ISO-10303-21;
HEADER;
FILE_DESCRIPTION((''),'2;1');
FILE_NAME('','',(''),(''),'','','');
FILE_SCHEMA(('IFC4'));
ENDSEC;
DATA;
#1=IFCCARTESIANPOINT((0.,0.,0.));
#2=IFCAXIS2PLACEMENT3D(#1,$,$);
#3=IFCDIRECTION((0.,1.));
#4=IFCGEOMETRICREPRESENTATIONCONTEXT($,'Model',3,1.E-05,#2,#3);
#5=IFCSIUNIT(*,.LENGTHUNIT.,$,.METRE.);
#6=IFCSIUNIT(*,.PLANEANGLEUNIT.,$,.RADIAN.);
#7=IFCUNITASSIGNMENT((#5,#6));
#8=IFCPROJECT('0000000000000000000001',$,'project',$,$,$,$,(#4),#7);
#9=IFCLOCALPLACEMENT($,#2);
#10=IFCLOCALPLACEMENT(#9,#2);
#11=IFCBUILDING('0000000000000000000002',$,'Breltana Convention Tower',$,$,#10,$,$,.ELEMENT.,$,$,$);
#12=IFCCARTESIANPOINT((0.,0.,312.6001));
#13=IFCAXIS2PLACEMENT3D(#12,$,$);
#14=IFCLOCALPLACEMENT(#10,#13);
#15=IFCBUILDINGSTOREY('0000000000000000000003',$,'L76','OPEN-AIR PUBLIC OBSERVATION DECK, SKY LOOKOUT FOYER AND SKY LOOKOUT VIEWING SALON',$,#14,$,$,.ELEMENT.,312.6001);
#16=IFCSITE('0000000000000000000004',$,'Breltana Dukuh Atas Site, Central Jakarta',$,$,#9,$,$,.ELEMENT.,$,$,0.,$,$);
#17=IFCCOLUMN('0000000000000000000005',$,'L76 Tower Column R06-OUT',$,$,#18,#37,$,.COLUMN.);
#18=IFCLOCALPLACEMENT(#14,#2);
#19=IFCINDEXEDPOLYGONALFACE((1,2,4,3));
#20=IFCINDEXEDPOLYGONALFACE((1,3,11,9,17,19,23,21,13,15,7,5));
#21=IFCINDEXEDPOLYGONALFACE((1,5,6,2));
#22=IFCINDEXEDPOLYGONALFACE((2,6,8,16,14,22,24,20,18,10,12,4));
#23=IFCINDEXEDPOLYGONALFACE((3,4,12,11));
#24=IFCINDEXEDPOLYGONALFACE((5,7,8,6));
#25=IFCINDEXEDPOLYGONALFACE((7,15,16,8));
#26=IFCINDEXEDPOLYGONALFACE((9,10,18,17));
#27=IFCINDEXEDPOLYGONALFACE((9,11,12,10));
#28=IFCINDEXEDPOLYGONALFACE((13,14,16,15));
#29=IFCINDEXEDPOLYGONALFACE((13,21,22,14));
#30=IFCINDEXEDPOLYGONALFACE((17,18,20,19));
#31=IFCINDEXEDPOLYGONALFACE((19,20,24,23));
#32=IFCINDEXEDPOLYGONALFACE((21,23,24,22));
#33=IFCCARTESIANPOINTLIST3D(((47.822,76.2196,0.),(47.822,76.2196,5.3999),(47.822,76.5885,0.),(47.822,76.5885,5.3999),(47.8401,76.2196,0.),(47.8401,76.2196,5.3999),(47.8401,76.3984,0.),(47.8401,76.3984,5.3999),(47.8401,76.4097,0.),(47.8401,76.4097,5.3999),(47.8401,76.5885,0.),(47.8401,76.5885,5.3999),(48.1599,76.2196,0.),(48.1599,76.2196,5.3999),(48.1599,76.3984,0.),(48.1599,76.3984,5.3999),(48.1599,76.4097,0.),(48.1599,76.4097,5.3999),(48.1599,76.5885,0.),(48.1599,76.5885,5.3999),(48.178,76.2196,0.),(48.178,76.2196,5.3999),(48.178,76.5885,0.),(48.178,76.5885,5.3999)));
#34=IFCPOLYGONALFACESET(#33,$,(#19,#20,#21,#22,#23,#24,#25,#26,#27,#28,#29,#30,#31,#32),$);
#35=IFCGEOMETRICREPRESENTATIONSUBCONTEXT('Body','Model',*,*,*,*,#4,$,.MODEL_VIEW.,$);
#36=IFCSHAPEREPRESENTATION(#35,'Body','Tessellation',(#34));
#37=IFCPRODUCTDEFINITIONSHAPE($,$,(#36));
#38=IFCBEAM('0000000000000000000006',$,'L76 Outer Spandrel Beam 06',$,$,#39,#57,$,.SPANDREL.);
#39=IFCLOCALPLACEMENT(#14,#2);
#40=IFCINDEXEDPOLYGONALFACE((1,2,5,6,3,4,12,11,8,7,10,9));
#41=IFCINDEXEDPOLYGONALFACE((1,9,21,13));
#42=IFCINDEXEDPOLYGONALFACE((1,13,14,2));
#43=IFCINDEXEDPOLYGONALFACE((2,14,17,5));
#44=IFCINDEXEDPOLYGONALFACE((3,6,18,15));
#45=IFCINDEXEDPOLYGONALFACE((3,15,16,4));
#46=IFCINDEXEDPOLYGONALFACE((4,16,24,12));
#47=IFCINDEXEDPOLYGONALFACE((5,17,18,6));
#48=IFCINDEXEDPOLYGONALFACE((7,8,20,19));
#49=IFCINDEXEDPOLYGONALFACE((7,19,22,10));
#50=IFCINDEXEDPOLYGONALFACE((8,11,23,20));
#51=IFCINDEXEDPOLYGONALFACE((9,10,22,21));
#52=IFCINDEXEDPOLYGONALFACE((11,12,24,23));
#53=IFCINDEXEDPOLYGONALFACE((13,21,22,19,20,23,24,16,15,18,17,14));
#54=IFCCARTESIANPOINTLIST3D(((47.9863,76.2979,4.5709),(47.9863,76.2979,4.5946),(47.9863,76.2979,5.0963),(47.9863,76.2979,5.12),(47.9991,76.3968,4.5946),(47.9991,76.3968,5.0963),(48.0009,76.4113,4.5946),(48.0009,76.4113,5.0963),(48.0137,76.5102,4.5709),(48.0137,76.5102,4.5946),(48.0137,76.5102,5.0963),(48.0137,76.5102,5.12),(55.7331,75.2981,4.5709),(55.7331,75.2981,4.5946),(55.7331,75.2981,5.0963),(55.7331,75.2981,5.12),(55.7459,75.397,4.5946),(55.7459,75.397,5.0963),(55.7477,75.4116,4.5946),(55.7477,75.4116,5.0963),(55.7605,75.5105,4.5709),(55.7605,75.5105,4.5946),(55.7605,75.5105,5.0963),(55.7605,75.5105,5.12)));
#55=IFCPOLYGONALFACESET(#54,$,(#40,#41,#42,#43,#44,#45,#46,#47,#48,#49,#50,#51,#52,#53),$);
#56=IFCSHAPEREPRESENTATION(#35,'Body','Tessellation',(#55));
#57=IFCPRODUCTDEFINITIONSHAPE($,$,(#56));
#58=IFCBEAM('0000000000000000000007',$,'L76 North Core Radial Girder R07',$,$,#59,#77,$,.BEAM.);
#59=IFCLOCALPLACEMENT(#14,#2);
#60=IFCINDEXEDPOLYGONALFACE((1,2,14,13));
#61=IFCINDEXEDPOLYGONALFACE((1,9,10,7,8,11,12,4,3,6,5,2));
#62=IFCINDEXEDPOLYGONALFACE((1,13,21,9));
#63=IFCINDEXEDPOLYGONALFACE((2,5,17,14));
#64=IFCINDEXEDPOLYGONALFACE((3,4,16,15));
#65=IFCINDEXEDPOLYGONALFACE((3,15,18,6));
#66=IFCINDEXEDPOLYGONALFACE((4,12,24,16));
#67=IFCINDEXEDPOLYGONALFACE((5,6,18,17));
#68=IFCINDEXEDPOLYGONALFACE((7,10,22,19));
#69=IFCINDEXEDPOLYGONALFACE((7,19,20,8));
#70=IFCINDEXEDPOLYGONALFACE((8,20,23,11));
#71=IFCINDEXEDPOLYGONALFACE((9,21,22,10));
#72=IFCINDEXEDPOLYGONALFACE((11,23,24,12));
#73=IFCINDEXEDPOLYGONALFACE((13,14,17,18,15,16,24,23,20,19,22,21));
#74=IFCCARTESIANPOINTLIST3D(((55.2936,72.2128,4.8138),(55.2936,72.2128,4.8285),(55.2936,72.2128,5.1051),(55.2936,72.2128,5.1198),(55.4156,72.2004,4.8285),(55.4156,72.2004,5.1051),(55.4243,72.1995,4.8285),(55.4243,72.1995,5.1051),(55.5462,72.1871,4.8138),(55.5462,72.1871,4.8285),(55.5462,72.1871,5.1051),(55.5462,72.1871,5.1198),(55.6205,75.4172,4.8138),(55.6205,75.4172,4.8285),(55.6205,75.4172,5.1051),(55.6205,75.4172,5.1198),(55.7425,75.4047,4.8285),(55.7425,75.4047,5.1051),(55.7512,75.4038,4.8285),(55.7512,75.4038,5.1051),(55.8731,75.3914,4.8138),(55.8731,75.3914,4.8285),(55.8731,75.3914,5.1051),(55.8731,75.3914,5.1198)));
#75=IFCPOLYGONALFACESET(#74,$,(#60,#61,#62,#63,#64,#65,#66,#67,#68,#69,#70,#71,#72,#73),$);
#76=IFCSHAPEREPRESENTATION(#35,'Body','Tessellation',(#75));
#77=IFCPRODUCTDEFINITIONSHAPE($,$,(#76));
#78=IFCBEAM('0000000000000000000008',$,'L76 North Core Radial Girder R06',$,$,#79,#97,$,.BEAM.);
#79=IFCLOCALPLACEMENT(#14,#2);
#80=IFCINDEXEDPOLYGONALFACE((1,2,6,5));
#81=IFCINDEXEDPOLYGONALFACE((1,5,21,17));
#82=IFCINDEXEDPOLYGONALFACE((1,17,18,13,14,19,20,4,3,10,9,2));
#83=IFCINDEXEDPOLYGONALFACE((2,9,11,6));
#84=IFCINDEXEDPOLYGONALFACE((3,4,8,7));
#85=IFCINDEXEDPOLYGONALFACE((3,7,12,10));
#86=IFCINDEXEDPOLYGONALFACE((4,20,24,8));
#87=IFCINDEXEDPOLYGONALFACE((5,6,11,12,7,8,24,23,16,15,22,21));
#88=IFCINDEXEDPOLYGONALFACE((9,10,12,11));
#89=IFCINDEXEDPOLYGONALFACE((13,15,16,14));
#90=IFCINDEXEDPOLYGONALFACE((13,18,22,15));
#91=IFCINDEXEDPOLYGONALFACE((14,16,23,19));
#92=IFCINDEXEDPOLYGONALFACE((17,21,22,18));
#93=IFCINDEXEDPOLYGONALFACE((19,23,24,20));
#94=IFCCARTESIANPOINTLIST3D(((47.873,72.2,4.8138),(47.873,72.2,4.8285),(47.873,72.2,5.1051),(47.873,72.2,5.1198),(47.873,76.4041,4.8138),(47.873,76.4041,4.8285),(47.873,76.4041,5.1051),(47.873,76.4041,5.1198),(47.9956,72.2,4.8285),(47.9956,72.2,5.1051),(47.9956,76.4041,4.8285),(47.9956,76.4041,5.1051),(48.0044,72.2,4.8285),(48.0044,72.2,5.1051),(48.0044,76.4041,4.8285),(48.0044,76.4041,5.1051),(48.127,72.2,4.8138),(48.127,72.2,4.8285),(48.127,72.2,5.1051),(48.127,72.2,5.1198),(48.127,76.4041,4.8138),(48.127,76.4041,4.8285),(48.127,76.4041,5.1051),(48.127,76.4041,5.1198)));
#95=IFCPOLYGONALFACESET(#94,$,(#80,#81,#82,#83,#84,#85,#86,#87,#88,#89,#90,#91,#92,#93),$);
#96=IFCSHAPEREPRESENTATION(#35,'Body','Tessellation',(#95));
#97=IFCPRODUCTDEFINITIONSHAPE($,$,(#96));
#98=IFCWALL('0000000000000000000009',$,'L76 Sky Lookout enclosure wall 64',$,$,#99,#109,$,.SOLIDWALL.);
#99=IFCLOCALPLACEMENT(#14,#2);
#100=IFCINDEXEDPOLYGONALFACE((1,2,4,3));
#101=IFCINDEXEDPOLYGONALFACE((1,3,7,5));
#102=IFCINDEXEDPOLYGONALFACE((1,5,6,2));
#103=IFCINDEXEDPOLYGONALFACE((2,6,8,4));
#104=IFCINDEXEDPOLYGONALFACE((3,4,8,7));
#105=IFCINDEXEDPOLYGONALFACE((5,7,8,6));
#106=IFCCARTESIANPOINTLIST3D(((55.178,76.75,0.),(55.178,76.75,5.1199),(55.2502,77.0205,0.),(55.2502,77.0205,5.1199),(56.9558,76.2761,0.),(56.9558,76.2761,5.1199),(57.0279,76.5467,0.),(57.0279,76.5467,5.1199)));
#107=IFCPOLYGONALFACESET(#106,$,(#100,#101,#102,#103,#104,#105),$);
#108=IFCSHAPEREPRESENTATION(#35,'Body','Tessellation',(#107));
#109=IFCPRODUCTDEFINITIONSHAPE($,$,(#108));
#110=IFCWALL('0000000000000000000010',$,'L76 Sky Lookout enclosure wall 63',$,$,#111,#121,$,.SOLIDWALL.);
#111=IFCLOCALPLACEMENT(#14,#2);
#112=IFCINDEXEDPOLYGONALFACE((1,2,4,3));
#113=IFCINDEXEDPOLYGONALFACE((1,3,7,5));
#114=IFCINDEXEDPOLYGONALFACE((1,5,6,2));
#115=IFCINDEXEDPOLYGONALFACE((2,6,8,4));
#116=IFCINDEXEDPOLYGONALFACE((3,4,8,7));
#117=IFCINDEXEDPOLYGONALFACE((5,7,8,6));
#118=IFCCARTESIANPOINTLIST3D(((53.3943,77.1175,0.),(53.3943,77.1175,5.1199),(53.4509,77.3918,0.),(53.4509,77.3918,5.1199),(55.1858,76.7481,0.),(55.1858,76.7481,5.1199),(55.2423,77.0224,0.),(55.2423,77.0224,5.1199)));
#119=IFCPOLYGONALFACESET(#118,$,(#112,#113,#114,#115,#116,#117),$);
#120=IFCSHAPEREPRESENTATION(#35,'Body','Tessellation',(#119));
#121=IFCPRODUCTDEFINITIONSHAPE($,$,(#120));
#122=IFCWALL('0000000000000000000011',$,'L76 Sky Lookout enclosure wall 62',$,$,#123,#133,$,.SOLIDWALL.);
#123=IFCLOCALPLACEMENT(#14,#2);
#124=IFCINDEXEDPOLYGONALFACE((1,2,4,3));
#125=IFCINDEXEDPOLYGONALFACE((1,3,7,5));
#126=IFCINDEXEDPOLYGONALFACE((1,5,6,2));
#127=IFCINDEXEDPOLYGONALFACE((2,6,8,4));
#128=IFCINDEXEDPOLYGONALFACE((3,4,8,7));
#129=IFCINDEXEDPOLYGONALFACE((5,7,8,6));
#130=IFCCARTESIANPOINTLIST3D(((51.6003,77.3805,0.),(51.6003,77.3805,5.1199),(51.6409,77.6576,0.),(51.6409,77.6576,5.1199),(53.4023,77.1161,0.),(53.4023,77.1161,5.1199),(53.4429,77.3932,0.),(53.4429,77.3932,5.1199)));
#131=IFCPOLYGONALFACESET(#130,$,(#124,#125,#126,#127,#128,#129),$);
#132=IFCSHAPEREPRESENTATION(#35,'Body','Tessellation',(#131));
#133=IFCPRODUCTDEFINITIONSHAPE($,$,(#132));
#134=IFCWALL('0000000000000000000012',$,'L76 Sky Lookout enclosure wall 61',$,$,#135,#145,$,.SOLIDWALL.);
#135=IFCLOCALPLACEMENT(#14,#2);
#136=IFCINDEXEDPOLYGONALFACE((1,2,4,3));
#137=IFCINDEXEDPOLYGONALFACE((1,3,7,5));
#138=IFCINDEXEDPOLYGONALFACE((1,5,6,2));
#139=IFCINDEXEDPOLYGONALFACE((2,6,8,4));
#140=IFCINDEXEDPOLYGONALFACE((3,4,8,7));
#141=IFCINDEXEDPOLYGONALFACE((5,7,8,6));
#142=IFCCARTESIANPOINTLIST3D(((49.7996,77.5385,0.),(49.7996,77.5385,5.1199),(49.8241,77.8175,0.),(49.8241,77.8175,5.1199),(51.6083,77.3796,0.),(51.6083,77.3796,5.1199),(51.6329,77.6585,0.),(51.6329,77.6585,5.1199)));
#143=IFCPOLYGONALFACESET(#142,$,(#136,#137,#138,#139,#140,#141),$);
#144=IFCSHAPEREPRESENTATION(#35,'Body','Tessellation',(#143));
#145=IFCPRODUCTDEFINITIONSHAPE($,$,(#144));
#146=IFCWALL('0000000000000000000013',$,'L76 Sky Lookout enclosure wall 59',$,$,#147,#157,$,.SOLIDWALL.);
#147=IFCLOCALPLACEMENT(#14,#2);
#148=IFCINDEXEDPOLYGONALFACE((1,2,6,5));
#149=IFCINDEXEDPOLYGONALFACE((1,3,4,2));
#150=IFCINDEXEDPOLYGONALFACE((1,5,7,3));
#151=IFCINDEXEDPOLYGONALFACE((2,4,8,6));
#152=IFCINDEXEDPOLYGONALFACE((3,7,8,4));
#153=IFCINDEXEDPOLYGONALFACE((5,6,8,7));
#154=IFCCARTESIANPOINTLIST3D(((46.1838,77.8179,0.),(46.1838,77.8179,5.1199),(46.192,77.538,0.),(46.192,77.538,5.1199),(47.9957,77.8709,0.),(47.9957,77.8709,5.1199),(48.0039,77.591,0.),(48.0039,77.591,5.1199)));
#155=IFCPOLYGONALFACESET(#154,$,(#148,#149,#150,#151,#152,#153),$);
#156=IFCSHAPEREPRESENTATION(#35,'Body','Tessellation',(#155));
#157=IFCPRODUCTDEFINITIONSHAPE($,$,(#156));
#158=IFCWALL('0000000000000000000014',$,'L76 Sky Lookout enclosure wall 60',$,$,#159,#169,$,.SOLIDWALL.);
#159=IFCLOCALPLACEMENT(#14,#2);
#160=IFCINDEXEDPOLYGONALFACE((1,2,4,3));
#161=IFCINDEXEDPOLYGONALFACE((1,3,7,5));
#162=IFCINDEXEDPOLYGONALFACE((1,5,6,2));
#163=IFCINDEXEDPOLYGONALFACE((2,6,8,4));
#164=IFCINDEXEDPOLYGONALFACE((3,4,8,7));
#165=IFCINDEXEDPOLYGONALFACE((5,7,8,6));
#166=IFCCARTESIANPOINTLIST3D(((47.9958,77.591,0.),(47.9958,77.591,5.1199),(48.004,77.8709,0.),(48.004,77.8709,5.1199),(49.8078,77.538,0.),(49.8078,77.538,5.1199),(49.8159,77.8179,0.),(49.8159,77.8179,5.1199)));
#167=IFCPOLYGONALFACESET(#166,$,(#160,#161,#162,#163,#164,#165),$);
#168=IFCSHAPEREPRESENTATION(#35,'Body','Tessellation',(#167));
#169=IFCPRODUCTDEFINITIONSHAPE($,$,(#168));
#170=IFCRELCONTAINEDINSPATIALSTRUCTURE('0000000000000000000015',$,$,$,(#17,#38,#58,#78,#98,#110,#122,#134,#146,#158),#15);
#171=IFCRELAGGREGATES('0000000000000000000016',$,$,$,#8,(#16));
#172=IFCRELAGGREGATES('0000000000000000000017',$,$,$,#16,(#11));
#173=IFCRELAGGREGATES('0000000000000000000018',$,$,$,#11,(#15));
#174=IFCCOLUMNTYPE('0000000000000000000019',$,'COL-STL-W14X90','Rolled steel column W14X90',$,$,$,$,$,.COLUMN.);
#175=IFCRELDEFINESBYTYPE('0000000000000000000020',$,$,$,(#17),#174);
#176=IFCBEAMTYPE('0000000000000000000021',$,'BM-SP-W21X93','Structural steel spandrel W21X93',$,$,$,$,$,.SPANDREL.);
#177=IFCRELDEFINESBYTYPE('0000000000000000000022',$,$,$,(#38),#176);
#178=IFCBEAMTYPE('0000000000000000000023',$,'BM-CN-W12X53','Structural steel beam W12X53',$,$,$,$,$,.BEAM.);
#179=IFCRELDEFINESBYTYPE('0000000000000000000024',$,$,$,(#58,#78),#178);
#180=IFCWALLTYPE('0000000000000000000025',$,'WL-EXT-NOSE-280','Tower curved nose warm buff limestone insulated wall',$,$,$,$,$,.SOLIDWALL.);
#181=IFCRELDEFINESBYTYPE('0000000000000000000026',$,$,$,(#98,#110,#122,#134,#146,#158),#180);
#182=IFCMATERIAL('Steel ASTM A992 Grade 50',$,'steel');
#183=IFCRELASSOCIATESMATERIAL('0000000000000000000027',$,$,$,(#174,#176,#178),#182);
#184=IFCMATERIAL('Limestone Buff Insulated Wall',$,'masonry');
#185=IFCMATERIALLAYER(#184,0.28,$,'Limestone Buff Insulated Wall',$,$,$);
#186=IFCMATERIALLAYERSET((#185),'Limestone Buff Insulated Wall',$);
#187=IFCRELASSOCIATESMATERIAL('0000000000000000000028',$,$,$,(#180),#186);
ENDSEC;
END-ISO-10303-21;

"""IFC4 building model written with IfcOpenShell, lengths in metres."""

from ifc_helpers import new_model, si_unit, direction, frame, frame_2d, origin, origin_2d, place, context, subcontext, project, spatial, rectangle, i_section, extrude, source, transform, mapped, material, layer, layer_set, material_profile, profile_set, type_object, element, save


model = new_model("IFC4")

# Units and contexts
model_context = context("Model", 3, precision=1e-05, world=origin(), true_north=direction((0.0, 1.0)))
body_context = subcontext(model_context, "Body", "Model", "MODEL_VIEW")
ifc_project = project(units=[si_unit("LENGTHUNIT", "METRE"), si_unit("PLANEANGLEUNIT", "RADIAN")], contexts=[model_context])

# Site, building, storey
site_placement = place(None, origin())
site = spatial("IfcSite", under=ifc_project, at=site_placement, Name="Breltana Dukuh Atas Site, Central Jakarta", CompositionType="ELEMENT", RefElevation=0.0)
building_placement = place(site_placement, origin())
building = spatial("IfcBuilding", under=site, at=building_placement, Name="Breltana Convention Tower", CompositionType="ELEMENT")
storey_placement = place(building_placement, frame((0.0, 0.0, 312.6001)))
storey = spatial("IfcBuildingStorey", under=building, at=storey_placement, Name="L76", Description="OPEN-AIR PUBLIC OBSERVATION DECK, SKY LOOKOUT FOYER AND SKY LOOKOUT VIEWING SALON", CompositionType="ELEMENT", Elevation=312.6001)

# Column
ifc_material_1 = material(Name="Steel ASTM A992 Grade 50", Category="steel")
ifc_material_profile_1 = material_profile(ifc_material_1, i_section(OverallWidth=0.3689, OverallDepth=0.356, WebThickness=0.0112, FlangeThickness=0.0181, at=origin_2d()), Name="W14X90")
ifc_profile_set_1 = profile_set([ifc_material_profile_1], Name="Steel ASTM A992 Grade 50")
column_type = type_object("IfcColumnType", Name="COL-STL-W14X90", Description="Rolled steel column W14X90", PredefinedType="COLUMN", material=ifc_profile_set_1)
shared_shape_1 = source(origin(), body_context, "Body", "SweptSolid", [
    extrude(i_section(OverallWidth=0.3689, OverallDepth=0.356, WebThickness=0.0112, FlangeThickness=0.0181, at=origin_2d()), origin(), (0.0, 0.0, 1.0), 5.3999),
])
column_placement = place(storey_placement, frame((48.0, 76.4041, 0.0), z_axis=(0.0, 0.0, 1.0), x_axis=(0.0, 1.0, 0.0)))
element("IfcColumn", 1, at=column_placement, inside=storey, type_object=column_type, Name="L76 Tower Column R06-OUT", PredefinedType="COLUMN", context=body_context, shape_type="MappedRepresentation", body=[
    mapped(shared_shape_1, transform((0.0, 0.0, 0.0), scale=1.0)),
])

# Beams
ifc_material_profile_2 = material_profile(ifc_material_1, i_section(OverallWidth=0.2141, OverallDepth=0.5491, WebThickness=0.0146, FlangeThickness=0.0237, at=origin_2d()), Name="W21X93")
ifc_profile_set_2 = profile_set([ifc_material_profile_2], Name="Steel ASTM A992 Grade 50")
beam_type_1 = type_object("IfcBeamType", Name="BM-SP-W21X93", Description="Structural steel spandrel W21X93", PredefinedType="SPANDREL", material=ifc_profile_set_2)
shared_shape_2 = source(origin(), body_context, "Body", "SweptSolid", [
    extrude(i_section(OverallWidth=0.2141, OverallDepth=0.5491, WebThickness=0.0146, FlangeThickness=0.0237, at=origin_2d()), origin(), (0.0, 0.0, 1.0), 7.811),
])
beam_1_placement = place(storey_placement, frame((48.0, 76.4041, 4.8455), z_axis=(0.991775, -0.127992, 0.0), x_axis=(0.127992, 0.991775, 0.0)))
element("IfcBeam", 2, at=beam_1_placement, inside=storey, type_object=beam_type_1, Name="L76 Outer Spandrel Beam 06", PredefinedType="SPANDREL", context=body_context, shape_type="MappedRepresentation", body=[
    mapped(shared_shape_2, transform((0.0, 0.0, 0.0), scale=1.0)),
])
ifc_material_profile_3 = material_profile(ifc_material_1, i_section(OverallWidth=0.2539, OverallDepth=0.3059, WebThickness=0.0088, FlangeThickness=0.0146, at=origin_2d()), Name="W12X53")
ifc_profile_set_3 = profile_set([ifc_material_profile_3], Name="Steel ASTM A992 Grade 50")
beam_type_2 = type_object("IfcBeamType", Name="BM-CN-W12X53", Description="Structural steel beam W12X53", PredefinedType="BEAM", material=ifc_profile_set_3)
shared_shape_3 = source(origin(), body_context, "Body", "SweptSolid", [
    extrude(i_section(OverallWidth=0.2539, OverallDepth=0.3059, WebThickness=0.0088, FlangeThickness=0.0146, at=origin_2d()), origin(), (0.0, 0.0, 1.0), 3.2209),
])
beam_2_placement = place(storey_placement, frame((55.4199, 72.2, 4.9668), z_axis=(0.101492, 0.994836, 0.0), x_axis=(-0.994836, 0.101492, 0.0)))
element("IfcBeam", 3, at=beam_2_placement, inside=storey, type_object=beam_type_2, Name="L76 North Core Radial Girder R07", PredefinedType="BEAM", context=body_context, shape_type="MappedRepresentation", body=[
    mapped(shared_shape_3, transform((0.0, 0.0, 0.0), scale=1.0)),
])
shared_shape_4 = source(origin(), body_context, "Body", "SweptSolid", [
    extrude(i_section(OverallWidth=0.2539, OverallDepth=0.3059, WebThickness=0.0088, FlangeThickness=0.0146, at=origin_2d()), origin(), (0.0, 0.0, 1.0), 4.2041),
])
beam_3_placement = place(storey_placement, frame((48.0, 72.2, 4.9668), z_axis=(0.0, 1.0, 0.0), x_axis=(-1.0, 0.0, 0.0)))
element("IfcBeam", 4, at=beam_3_placement, inside=storey, type_object=beam_type_2, Name="L76 North Core Radial Girder R06", PredefinedType="BEAM", context=body_context, shape_type="MappedRepresentation", body=[
    mapped(shared_shape_4, transform((0.0, 0.0, 0.0), scale=1.0)),
])

# Walls
ifc_material_2 = material(Name="Limestone Buff Insulated Wall", Category="masonry")
ifc_layer_1 = layer(ifc_material_2, 0.28, Name="Limestone Buff Insulated Wall")
ifc_layer_set_1 = layer_set([ifc_layer_1], Name="Limestone Buff Insulated Wall")
wall_type_1 = type_object("IfcWallType", Name="WL-EXT-NOSE-280", Description="Tower curved nose warm buff limestone insulated wall", PredefinedType="SOLIDWALL", material=ifc_layer_set_1)
shared_shape_5 = source(origin(), body_context, "Body", "SweptSolid", [
    extrude(rectangle(XDim=1.8398, YDim=0.28, at=frame_2d((0.9199, 0.0))), origin(), (0.0, 0.0, 1.0), 5.1199),
])
wall_1_placement = place(storey_placement, frame((55.2141, 76.8853, 0.0), z_axis=(0.0, 0.0, 1.0), x_axis=(0.966264, -0.257555, 0.0)))
element("IfcWall", 5, at=wall_1_placement, inside=storey, type_object=wall_type_1, Name="L76 Sky Lookout enclosure wall 64", PredefinedType="SOLIDWALL", context=body_context, shape_type="MappedRepresentation", body=[
    mapped(shared_shape_5, transform((0.0, 0.0, 0.0), scale=1.0)),
])
shared_shape_6 = source(origin(), body_context, "Body", "SweptSolid", [
    extrude(rectangle(XDim=1.8291, YDim=0.28, at=frame_2d((0.9146, 0.0))), origin(), (0.0, 0.0, 1.0), 5.1199),
])
wall_2_placement = place(storey_placement, frame((53.4226, 77.2546, 0.0), z_axis=(0.0, 0.0, 1.0), x_axis=(0.979398, -0.201939, 0.0)))
element("IfcWall", 6, at=wall_2_placement, inside=storey, type_object=wall_type_1, Name="L76 Sky Lookout enclosure wall 63", PredefinedType="SOLIDWALL", context=body_context, shape_type="MappedRepresentation", body=[
    mapped(shared_shape_6, transform((0.0, 0.0, 0.0), scale=1.0)),
])
shared_shape_7 = source(origin(), body_context, "Body", "SweptSolid", [
    extrude(rectangle(XDim=1.8213, YDim=0.28, at=frame_2d((0.9106, 0.0))), origin(), (0.0, 0.0, 1.0), 5.1199),
])
wall_3_placement = place(storey_placement, frame((51.6206, 77.519, 0.0), z_axis=(0.0, 0.0, 1.0), x_axis=(0.989406, -0.145174, 0.0)))
element("IfcWall", 7, at=wall_3_placement, inside=storey, type_object=wall_type_1, Name="L76 Sky Lookout enclosure wall 62", PredefinedType="SOLIDWALL", context=body_context, shape_type="MappedRepresentation", body=[
    mapped(shared_shape_7, transform((0.0, 0.0, 0.0), scale=1.0)),
])
shared_shape_8 = source(origin(), body_context, "Body", "SweptSolid", [
    extrude(rectangle(XDim=1.8157, YDim=0.28, at=frame_2d((0.9077, 0.0))), origin(), (0.0, 0.0, 1.0), 5.1199),
])
wall_4_placement = place(storey_placement, frame((49.812, 77.678, 0.0), z_axis=(0.0, 0.0, 1.0), x_axis=(0.996161, -0.087541, 0.0)))
element("IfcWall", 8, at=wall_4_placement, inside=storey, type_object=wall_type_1, Name="L76 Sky Lookout enclosure wall 61", PredefinedType="SOLIDWALL", context=body_context, shape_type="MappedRepresentation", body=[
    mapped(shared_shape_8, transform((0.0, 0.0, 0.0), scale=1.0)),
])
shared_shape_9 = source(origin(), body_context, "Body", "SweptSolid", [
    extrude(rectangle(XDim=1.8127, YDim=0.28, at=frame_2d((0.9062, 0.0))), origin(), (0.0, 0.0, 1.0), 5.1199),
])
for number, where, z_axis, x_axis, name in (
    (9, (46.188, 77.678, 0.0), (0.0, 0.0, 1.0), (0.999573, 0.029225, 0.0), "L76 Sky Lookout enclosure wall 59"),
    (10, (48.0, 77.731, 0.0), (0.0, 0.0, 1.0), (0.999573, -0.029225, 0.0), "L76 Sky Lookout enclosure wall 60"),
):
    element("IfcWall", number, at=place(storey_placement, frame(where, z_axis=z_axis, x_axis=x_axis)), inside=storey, type_object=wall_type_1, Name=name, PredefinedType="SOLIDWALL", context=body_context, shape_type="MappedRepresentation", body=[
        mapped(shared_shape_9, transform((0.0, 0.0, 0.0), scale=1.0)),
    ])

save(model, "model.ifc")
